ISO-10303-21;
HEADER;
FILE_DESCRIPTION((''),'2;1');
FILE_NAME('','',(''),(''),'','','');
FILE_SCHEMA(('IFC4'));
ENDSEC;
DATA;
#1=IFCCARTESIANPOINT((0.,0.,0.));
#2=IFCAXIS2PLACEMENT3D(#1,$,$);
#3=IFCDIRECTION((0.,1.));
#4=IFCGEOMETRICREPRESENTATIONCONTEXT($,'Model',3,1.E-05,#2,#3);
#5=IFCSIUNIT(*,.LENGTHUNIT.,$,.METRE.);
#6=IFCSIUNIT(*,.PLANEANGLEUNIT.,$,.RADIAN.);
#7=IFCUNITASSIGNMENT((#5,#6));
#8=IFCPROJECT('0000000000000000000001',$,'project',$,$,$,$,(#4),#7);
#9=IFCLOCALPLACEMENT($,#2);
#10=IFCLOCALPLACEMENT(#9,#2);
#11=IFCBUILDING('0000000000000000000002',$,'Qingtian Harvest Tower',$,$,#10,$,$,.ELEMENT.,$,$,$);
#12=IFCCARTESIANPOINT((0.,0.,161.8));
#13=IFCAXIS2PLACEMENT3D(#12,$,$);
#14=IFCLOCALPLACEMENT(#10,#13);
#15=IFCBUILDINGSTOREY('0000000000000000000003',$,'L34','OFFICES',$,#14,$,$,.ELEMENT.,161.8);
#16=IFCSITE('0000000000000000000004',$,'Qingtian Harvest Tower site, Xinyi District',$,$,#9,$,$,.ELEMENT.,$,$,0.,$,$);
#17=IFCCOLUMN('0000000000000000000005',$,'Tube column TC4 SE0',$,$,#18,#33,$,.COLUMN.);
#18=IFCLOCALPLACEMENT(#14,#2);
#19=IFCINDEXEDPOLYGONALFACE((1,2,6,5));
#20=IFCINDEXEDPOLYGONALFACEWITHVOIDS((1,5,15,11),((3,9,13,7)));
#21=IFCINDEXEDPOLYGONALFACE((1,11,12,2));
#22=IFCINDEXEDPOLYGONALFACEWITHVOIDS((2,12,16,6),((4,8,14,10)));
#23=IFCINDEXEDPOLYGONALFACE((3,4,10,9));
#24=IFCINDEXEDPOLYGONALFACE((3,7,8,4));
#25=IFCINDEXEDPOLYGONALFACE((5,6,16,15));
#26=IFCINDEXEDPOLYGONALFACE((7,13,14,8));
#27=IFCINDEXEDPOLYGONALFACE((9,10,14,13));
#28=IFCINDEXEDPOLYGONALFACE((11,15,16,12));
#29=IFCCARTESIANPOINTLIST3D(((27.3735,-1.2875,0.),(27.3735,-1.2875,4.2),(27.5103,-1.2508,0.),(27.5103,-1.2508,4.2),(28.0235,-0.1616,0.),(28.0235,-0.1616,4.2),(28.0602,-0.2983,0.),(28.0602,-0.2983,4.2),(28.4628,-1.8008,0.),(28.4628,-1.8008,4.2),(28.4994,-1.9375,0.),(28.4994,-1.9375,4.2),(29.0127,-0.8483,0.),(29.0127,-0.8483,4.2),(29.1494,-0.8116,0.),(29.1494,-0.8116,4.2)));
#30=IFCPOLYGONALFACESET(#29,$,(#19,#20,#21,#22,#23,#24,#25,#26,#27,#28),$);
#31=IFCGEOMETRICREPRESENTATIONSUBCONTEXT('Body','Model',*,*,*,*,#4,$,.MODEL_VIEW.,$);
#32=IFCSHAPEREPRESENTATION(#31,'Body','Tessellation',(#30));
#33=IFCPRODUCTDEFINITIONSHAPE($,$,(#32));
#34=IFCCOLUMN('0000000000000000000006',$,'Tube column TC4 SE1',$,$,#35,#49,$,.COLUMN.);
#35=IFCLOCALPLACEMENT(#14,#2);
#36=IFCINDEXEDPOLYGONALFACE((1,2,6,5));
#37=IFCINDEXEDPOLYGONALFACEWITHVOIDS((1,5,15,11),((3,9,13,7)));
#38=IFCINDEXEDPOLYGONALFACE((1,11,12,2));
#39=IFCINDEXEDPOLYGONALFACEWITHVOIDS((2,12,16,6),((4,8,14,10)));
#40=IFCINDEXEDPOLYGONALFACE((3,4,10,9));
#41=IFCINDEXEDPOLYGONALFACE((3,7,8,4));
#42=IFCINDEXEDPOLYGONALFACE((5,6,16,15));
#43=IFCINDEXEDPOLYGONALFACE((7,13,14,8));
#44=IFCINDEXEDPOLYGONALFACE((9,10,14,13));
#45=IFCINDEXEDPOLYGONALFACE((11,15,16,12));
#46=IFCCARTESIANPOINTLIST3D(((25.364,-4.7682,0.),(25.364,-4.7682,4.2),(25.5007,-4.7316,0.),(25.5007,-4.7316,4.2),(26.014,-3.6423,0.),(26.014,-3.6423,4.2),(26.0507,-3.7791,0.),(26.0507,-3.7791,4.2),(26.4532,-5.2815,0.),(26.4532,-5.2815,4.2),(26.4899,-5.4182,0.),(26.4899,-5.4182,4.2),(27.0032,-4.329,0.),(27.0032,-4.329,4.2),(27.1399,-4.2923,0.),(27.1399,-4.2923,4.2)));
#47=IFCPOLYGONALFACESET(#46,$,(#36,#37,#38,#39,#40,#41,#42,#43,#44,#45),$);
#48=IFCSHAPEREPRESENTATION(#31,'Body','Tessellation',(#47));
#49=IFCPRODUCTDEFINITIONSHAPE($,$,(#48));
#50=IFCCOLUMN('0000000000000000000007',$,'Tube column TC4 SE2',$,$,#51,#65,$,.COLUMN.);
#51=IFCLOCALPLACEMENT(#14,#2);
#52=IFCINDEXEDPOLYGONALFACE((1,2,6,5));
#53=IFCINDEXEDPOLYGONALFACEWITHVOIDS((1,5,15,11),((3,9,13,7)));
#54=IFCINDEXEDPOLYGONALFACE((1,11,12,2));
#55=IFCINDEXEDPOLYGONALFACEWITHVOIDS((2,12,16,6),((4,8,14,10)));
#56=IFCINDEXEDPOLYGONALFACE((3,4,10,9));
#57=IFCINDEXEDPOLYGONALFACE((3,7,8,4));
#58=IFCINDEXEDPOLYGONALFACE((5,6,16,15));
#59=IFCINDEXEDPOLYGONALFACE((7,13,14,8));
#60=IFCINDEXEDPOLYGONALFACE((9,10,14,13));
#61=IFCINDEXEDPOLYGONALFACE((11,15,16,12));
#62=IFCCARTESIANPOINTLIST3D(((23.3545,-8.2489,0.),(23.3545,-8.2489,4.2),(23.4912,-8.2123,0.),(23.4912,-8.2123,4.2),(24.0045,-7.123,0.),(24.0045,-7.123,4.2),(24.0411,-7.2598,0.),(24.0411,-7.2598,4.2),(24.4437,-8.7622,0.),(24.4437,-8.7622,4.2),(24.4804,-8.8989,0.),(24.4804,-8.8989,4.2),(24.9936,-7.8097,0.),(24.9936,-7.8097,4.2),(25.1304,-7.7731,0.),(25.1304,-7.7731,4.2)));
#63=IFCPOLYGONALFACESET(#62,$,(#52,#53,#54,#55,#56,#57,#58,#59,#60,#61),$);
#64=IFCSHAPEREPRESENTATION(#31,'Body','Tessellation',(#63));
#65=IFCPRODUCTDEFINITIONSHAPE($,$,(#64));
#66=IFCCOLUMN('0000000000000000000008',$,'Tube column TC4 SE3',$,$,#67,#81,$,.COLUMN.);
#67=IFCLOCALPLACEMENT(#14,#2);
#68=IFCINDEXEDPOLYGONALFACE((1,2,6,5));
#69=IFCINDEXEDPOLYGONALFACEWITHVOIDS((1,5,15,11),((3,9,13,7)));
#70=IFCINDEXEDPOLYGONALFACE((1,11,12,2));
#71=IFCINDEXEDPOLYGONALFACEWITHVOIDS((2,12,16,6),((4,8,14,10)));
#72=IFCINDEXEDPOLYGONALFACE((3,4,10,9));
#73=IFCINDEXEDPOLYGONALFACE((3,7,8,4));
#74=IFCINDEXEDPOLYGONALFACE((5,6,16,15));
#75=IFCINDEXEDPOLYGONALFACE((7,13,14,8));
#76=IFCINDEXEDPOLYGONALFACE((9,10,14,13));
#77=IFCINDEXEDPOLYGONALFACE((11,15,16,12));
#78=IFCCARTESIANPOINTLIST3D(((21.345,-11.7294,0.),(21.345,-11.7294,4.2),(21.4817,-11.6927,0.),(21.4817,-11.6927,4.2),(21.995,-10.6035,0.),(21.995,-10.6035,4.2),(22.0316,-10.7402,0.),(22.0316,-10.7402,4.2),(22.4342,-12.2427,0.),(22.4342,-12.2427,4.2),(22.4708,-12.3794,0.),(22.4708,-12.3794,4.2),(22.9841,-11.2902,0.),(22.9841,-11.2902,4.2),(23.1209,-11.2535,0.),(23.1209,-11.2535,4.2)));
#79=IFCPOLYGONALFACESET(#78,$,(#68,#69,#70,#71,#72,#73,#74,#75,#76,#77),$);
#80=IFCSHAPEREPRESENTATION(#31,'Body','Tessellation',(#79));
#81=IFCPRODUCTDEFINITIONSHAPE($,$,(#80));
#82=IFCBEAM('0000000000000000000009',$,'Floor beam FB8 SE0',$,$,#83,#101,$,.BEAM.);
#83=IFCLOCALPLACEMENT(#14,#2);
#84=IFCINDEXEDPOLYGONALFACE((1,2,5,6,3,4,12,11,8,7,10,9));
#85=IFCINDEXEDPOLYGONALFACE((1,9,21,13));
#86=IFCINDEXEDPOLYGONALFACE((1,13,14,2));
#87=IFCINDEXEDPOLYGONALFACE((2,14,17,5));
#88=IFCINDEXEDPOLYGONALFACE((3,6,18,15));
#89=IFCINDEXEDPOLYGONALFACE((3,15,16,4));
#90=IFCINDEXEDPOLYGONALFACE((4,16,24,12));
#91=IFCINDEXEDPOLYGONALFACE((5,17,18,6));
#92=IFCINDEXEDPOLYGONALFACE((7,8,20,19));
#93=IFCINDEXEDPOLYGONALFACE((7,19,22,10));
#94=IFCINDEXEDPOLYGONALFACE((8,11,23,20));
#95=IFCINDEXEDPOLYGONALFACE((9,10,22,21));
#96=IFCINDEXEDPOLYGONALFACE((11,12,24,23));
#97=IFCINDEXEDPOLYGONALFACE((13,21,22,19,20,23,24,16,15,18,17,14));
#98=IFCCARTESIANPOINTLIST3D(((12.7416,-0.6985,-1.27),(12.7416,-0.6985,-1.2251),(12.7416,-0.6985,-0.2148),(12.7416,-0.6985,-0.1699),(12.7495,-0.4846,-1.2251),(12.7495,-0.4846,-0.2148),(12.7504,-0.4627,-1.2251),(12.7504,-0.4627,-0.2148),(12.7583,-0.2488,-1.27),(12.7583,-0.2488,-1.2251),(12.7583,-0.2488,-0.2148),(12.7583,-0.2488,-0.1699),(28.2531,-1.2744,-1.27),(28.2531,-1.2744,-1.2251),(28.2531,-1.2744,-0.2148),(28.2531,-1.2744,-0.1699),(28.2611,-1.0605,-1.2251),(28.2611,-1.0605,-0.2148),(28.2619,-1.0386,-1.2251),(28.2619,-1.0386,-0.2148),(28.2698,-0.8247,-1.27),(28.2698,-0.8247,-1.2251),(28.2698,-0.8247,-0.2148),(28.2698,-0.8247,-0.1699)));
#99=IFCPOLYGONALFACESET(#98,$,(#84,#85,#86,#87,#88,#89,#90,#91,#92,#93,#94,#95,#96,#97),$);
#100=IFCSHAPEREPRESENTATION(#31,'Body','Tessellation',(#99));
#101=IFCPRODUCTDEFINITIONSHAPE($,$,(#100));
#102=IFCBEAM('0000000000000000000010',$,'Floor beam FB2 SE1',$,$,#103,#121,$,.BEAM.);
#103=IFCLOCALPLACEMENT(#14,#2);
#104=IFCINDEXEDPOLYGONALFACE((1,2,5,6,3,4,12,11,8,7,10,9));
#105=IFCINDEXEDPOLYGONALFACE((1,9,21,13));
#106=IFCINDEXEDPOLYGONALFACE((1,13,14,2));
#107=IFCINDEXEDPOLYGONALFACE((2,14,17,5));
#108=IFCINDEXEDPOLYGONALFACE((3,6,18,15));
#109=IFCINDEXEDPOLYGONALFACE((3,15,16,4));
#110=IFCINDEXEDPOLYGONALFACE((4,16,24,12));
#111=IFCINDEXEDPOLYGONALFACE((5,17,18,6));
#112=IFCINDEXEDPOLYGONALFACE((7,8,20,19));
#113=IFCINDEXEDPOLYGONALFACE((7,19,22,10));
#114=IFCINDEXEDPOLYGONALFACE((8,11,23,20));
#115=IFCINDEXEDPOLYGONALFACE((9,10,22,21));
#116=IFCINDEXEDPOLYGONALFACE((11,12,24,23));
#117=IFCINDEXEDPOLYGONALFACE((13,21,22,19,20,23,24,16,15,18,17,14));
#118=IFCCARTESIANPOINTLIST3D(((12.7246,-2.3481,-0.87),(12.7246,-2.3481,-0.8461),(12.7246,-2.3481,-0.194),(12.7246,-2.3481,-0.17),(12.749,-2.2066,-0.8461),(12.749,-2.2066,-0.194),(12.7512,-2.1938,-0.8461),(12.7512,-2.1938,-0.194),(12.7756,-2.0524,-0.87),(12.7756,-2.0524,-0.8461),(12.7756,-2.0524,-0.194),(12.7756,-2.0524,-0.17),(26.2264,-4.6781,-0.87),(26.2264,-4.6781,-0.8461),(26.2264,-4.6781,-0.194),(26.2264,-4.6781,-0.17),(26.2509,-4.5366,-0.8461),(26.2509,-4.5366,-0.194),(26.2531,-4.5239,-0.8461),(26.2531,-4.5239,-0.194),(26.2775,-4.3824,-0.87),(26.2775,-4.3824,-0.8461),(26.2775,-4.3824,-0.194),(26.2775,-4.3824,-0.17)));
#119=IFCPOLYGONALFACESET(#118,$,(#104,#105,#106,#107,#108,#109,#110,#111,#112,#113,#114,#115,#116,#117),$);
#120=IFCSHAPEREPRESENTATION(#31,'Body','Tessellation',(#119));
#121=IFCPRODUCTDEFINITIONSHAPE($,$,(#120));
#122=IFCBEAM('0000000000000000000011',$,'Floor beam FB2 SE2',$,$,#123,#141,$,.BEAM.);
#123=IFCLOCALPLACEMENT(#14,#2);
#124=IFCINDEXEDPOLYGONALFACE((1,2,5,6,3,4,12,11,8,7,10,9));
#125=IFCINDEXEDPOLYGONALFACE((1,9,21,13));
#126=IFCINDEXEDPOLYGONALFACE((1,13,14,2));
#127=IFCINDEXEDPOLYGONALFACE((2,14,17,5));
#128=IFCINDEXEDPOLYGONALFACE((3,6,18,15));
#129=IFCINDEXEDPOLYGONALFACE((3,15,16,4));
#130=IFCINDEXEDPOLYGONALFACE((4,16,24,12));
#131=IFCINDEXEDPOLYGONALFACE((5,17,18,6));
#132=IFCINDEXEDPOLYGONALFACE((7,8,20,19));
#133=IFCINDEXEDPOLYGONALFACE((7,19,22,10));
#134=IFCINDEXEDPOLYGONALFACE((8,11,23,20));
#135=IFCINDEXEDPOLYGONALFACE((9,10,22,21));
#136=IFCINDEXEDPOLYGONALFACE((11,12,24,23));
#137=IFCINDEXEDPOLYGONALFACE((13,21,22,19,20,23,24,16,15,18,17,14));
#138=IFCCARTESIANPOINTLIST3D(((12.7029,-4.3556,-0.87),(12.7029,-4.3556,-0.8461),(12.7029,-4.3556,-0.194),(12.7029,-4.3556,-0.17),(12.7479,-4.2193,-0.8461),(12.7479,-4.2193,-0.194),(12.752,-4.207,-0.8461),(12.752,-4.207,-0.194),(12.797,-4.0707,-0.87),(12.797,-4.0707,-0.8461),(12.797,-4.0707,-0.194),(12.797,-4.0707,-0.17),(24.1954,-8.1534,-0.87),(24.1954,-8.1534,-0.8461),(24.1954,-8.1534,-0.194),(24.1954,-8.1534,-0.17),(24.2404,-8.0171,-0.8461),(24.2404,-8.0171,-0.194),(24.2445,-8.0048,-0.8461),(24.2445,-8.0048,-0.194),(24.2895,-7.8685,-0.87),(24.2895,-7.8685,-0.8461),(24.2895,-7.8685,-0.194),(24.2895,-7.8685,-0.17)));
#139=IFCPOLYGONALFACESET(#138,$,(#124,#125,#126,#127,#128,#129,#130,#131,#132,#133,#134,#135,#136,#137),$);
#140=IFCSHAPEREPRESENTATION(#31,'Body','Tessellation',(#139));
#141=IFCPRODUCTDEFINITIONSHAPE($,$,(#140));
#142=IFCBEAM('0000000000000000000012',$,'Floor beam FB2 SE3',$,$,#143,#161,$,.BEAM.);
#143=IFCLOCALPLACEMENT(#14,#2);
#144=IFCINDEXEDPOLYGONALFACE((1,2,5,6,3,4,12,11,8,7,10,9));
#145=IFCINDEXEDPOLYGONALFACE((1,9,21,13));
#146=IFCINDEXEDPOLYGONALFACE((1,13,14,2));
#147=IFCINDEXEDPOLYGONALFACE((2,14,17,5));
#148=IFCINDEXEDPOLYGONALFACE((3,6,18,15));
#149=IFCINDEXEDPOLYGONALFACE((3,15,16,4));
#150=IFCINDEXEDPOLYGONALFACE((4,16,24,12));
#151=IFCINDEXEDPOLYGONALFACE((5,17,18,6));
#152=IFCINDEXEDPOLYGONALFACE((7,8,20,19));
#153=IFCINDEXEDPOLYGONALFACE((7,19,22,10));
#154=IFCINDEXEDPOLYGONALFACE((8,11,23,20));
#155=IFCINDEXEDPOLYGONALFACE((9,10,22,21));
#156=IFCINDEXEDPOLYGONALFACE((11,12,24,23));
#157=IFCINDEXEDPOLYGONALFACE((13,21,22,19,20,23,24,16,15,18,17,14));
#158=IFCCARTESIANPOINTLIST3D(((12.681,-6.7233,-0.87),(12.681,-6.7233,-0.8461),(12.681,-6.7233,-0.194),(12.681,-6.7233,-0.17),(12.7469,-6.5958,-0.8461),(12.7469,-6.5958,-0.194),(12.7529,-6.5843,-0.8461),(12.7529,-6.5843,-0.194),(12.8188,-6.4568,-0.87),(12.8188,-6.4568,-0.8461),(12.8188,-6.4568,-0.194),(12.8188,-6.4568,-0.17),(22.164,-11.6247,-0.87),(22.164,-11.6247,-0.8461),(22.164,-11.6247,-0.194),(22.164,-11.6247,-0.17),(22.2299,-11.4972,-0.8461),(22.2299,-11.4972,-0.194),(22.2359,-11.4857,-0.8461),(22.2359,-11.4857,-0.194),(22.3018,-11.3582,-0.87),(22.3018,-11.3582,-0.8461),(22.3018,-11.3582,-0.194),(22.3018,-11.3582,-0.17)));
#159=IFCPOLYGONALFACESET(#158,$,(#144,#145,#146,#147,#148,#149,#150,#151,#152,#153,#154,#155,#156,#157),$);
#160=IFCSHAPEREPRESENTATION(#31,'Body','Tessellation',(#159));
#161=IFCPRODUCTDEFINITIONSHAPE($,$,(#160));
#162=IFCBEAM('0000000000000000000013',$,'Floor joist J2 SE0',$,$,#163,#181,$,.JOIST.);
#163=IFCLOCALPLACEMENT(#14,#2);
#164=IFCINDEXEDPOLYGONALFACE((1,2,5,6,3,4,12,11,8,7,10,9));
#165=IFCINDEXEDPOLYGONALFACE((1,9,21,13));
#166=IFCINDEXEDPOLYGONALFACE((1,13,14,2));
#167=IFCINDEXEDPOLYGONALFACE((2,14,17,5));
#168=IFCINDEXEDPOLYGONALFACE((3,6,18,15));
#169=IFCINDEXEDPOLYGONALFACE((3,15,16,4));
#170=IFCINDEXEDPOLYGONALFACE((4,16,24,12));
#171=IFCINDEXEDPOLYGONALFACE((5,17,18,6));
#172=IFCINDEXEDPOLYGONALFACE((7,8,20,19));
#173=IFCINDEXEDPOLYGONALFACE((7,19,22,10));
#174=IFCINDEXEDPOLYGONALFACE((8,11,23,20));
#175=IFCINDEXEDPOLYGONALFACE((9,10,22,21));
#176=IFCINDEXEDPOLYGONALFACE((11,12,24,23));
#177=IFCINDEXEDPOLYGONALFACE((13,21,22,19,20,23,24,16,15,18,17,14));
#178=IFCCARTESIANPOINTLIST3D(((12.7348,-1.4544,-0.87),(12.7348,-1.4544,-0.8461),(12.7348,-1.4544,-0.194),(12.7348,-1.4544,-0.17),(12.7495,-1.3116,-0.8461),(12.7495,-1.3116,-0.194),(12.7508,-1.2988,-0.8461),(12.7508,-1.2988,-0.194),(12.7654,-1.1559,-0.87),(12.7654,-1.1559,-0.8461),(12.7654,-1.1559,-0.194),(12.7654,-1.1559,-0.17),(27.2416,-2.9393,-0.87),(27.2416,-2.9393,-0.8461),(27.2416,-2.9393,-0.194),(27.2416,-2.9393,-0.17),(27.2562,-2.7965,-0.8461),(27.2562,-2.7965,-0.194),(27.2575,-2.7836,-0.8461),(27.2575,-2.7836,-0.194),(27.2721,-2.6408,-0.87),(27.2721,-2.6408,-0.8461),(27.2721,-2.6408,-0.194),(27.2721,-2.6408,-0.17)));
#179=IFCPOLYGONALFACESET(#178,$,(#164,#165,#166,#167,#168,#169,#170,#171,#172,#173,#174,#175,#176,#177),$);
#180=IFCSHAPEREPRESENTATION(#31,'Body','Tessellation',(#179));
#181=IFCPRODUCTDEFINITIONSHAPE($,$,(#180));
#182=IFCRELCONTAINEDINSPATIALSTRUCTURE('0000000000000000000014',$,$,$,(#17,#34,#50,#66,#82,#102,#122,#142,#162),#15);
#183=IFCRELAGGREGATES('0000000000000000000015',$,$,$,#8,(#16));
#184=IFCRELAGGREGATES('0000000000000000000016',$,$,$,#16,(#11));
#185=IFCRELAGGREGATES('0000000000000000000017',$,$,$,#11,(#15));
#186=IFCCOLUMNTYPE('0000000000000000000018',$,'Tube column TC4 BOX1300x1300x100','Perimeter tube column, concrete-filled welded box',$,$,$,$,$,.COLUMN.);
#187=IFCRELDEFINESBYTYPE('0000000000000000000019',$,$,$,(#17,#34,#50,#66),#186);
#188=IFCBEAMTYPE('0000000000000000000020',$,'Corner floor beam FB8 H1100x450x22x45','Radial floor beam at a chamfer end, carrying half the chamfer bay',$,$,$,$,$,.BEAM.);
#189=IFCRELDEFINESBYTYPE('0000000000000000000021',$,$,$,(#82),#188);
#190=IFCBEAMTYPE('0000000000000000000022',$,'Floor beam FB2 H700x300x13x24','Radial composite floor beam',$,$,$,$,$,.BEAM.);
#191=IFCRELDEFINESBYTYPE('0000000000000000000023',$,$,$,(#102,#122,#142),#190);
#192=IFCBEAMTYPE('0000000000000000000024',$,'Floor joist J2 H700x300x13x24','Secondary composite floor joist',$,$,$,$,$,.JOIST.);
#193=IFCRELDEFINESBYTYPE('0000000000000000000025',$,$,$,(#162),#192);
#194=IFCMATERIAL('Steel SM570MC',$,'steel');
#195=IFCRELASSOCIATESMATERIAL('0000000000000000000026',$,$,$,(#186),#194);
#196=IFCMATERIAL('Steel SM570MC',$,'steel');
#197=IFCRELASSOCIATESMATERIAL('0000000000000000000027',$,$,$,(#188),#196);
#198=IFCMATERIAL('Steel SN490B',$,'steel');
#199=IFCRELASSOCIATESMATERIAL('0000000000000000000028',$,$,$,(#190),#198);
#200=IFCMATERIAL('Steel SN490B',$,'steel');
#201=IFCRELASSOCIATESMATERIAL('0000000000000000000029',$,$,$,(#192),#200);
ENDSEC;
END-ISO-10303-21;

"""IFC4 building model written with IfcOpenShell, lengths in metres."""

from ifc_helpers import new_model, si_unit, direction, frame, origin, origin_2d, place, context, subcontext, project, spatial, hollow_rectangle, i_section, extrude, material, material_profile, profile_set, type_object, element, save


model = new_model("IFC4")

# Units and contexts
model_context = context("Model", 3, precision=1e-05, world=origin(), true_north=direction((0.0, 1.0)))
body_context = subcontext(model_context, "Body", "Model", "MODEL_VIEW")
ifc_project = project(units=[si_unit("LENGTHUNIT", "METRE"), si_unit("PLANEANGLEUNIT", "RADIAN")], contexts=[model_context])

# Site, building, storey
site_placement = place(None, origin())
site = spatial("IfcSite", under=ifc_project, at=site_placement, Name="Qingtian Harvest Tower site, Xinyi District", CompositionType="ELEMENT", RefElevation=0.0)
building_placement = place(site_placement, origin())
building = spatial("IfcBuilding", under=site, at=building_placement, Name="Qingtian Harvest Tower", CompositionType="ELEMENT")
storey_placement = place(building_placement, frame((0.0, 0.0, 161.8)))
storey = spatial("IfcBuildingStorey", under=building, at=storey_placement, Name="L34", Description="OFFICES", CompositionType="ELEMENT", Elevation=161.8)

# Columns
ifc_material_1 = material(Name="Steel SM570MC", Category="steel")
ifc_material_profile_1 = material_profile(ifc_material_1, hollow_rectangle(XDim=1.3, YDim=1.3, WallThickness=0.1001, at=origin_2d()), Name="BOX1300x1300x100")
ifc_profile_set_1 = profile_set([ifc_material_profile_1], Name="Steel SM570MC")
column_type = type_object("IfcColumnType", Name="Tube column TC4 BOX1300x1300x100", Description="Perimeter tube column, concrete-filled welded box", PredefinedType="COLUMN", material=ifc_profile_set_1)
for number, where, z_axis, x_axis, name in (
    (1, (28.2615, -1.0496, 0.0), (0.0, 0.0, 1.0), (0.5, 0.866025, 0.0), "Tube column TC4 SE0"),
    (2, (26.252, -4.5303, 0.0), (0.0, 0.0, 1.0), (0.5, 0.866025, 0.0), "Tube column TC4 SE1"),
    (3, (24.2424, -8.011, 0.0), (0.0, 0.0, 1.0), (0.5, 0.866025, 0.0), "Tube column TC4 SE2"),
    (4, (22.2329, -11.4915, 0.0), (0.0, 0.0, 1.0), (0.5, 0.866025, 0.0), "Tube column TC4 SE3"),
):
    element("IfcColumn", number, at=place(storey_placement, frame(where, z_axis=z_axis, x_axis=x_axis)), inside=storey, type_object=column_type, Name=name, PredefinedType="COLUMN", context=body_context, shape_type="SweptSolid", body=[
        extrude(hollow_rectangle(XDim=1.3, YDim=1.3, WallThickness=0.1001, at=origin_2d()), origin(), (0.0, 0.0, 1.0), 4.2),
    ])

# Beams
ifc_material_2 = material(Name="Steel SM570MC", Category="steel")
ifc_material_profile_2 = material_profile(ifc_material_2, i_section(OverallWidth=0.45, OverallDepth=1.1001, WebThickness=0.022, FlangeThickness=0.0449, at=origin_2d()), Name="H1100x450x22x45")
ifc_profile_set_2 = profile_set([ifc_material_profile_2], Name="Steel SM570MC")
beam_type_1 = type_object("IfcBeamType", Name="Corner floor beam FB8 H1100x450x22x45", Description="Radial floor beam at a chamfer end, carrying half the chamfer bay", PredefinedType="BEAM", material=ifc_profile_set_2)
beam_1_placement = place(storey_placement, frame((28.2615, -1.0496, -0.72), z_axis=(-0.999311, 0.037104, 0.0), x_axis=(-0.037104, -0.999311, 0.0)))
element("IfcBeam", 5, at=beam_1_placement, inside=storey, type_object=beam_type_1, Name="Floor beam FB8 SE0", PredefinedType="BEAM", context=body_context, shape_type="SweptSolid", body=[
    extrude(i_section(OverallWidth=0.45, OverallDepth=1.1001, WebThickness=0.022, FlangeThickness=0.0449, at=origin_2d()), origin(), (0.0, 0.0, 1.0), 15.5222),
])
ifc_material_3 = material(Name="Steel SN490B", Category="steel")
ifc_material_profile_3 = material_profile(ifc_material_3, i_section(OverallWidth=0.3, OverallDepth=0.7, WebThickness=0.0129, FlangeThickness=0.0239, at=origin_2d()), Name="H700x300x13x24")
ifc_profile_set_3 = profile_set([ifc_material_profile_3], Name="Steel SN490B")
beam_type_2 = type_object("IfcBeamType", Name="Floor beam FB2 H700x300x13x24", Description="Radial composite floor beam", PredefinedType="BEAM", material=ifc_profile_set_3)
beam_2_placement = place(storey_placement, frame((26.252, -4.5303, -0.52), z_axis=(-0.985434, 0.17006, 0.0), x_axis=(-0.17006, -0.985434, 0.0)))
element("IfcBeam", 6, at=beam_2_placement, inside=storey, type_object=beam_type_2, Name="Floor beam FB2 SE1", PredefinedType="BEAM", context=body_context, shape_type="SweptSolid", body=[
    extrude(i_section(OverallWidth=0.3, OverallDepth=0.7, WebThickness=0.0129, FlangeThickness=0.0239, at=origin_2d()), origin(), (0.0, 0.0, 1.0), 13.7014),
])
beam_3_placement = place(storey_placement, frame((24.2424, -8.011, -0.52), z_axis=(-0.949497, 0.313776, 0.0), x_axis=(-0.313776, -0.949497, 0.0)))
element("IfcBeam", 7, at=beam_3_placement, inside=storey, type_object=beam_type_2, Name="Floor beam FB2 SE2", PredefinedType="BEAM", context=body_context, shape_type="SweptSolid", body=[
    extrude(i_section(OverallWidth=0.3, OverallDepth=0.7, WebThickness=0.0129, FlangeThickness=0.0239, at=origin_2d()), origin(), (0.0, 0.0, 1.0), 12.1038),
])
beam_4_placement = place(storey_placement, frame((22.2329, -11.4915, -0.52), z_axis=(-0.888355, 0.459158, 0.0), x_axis=(-0.459158, -0.888355, 0.0)))
element("IfcBeam", 8, at=beam_4_placement, inside=storey, type_object=beam_type_2, Name="Floor beam FB2 SE3", PredefinedType="BEAM", context=body_context, shape_type="SweptSolid", body=[
    extrude(i_section(OverallWidth=0.3, OverallDepth=0.7, WebThickness=0.0129, FlangeThickness=0.0239, at=origin_2d()), origin(), (0.0, 0.0, 1.0), 10.6748),
])
ifc_material_4 = material(Name="Steel SN490B", Category="steel")
ifc_material_profile_4 = material_profile(ifc_material_4, i_section(OverallWidth=0.3, OverallDepth=0.7, WebThickness=0.0129, FlangeThickness=0.0239, at=origin_2d()), Name="H700x300x13x24")
ifc_profile_set_4 = profile_set([ifc_material_profile_4], Name="Steel SN490B")
beam_type_3 = type_object("IfcBeamType", Name="Floor joist J2 H700x300x13x24", Description="Secondary composite floor joist", PredefinedType="JOIST", material=ifc_profile_set_4)
beam_5_placement = place(storey_placement, frame((27.2568, -2.79, -0.52), z_axis=(-0.994802, 0.101824, 0.0), x_axis=(-0.101824, -0.994802, 0.0)))
element("IfcBeam", 9, at=beam_5_placement, inside=storey, type_object=beam_type_3, Name="Floor joist J2 SE0", PredefinedType="JOIST", context=body_context, shape_type="SweptSolid", body=[
    extrude(i_section(OverallWidth=0.3, OverallDepth=0.7, WebThickness=0.0129, FlangeThickness=0.0239, at=origin_2d()), origin(), (0.0, 0.0, 1.0), 14.5825),
])

save(model, "model.ifc")
